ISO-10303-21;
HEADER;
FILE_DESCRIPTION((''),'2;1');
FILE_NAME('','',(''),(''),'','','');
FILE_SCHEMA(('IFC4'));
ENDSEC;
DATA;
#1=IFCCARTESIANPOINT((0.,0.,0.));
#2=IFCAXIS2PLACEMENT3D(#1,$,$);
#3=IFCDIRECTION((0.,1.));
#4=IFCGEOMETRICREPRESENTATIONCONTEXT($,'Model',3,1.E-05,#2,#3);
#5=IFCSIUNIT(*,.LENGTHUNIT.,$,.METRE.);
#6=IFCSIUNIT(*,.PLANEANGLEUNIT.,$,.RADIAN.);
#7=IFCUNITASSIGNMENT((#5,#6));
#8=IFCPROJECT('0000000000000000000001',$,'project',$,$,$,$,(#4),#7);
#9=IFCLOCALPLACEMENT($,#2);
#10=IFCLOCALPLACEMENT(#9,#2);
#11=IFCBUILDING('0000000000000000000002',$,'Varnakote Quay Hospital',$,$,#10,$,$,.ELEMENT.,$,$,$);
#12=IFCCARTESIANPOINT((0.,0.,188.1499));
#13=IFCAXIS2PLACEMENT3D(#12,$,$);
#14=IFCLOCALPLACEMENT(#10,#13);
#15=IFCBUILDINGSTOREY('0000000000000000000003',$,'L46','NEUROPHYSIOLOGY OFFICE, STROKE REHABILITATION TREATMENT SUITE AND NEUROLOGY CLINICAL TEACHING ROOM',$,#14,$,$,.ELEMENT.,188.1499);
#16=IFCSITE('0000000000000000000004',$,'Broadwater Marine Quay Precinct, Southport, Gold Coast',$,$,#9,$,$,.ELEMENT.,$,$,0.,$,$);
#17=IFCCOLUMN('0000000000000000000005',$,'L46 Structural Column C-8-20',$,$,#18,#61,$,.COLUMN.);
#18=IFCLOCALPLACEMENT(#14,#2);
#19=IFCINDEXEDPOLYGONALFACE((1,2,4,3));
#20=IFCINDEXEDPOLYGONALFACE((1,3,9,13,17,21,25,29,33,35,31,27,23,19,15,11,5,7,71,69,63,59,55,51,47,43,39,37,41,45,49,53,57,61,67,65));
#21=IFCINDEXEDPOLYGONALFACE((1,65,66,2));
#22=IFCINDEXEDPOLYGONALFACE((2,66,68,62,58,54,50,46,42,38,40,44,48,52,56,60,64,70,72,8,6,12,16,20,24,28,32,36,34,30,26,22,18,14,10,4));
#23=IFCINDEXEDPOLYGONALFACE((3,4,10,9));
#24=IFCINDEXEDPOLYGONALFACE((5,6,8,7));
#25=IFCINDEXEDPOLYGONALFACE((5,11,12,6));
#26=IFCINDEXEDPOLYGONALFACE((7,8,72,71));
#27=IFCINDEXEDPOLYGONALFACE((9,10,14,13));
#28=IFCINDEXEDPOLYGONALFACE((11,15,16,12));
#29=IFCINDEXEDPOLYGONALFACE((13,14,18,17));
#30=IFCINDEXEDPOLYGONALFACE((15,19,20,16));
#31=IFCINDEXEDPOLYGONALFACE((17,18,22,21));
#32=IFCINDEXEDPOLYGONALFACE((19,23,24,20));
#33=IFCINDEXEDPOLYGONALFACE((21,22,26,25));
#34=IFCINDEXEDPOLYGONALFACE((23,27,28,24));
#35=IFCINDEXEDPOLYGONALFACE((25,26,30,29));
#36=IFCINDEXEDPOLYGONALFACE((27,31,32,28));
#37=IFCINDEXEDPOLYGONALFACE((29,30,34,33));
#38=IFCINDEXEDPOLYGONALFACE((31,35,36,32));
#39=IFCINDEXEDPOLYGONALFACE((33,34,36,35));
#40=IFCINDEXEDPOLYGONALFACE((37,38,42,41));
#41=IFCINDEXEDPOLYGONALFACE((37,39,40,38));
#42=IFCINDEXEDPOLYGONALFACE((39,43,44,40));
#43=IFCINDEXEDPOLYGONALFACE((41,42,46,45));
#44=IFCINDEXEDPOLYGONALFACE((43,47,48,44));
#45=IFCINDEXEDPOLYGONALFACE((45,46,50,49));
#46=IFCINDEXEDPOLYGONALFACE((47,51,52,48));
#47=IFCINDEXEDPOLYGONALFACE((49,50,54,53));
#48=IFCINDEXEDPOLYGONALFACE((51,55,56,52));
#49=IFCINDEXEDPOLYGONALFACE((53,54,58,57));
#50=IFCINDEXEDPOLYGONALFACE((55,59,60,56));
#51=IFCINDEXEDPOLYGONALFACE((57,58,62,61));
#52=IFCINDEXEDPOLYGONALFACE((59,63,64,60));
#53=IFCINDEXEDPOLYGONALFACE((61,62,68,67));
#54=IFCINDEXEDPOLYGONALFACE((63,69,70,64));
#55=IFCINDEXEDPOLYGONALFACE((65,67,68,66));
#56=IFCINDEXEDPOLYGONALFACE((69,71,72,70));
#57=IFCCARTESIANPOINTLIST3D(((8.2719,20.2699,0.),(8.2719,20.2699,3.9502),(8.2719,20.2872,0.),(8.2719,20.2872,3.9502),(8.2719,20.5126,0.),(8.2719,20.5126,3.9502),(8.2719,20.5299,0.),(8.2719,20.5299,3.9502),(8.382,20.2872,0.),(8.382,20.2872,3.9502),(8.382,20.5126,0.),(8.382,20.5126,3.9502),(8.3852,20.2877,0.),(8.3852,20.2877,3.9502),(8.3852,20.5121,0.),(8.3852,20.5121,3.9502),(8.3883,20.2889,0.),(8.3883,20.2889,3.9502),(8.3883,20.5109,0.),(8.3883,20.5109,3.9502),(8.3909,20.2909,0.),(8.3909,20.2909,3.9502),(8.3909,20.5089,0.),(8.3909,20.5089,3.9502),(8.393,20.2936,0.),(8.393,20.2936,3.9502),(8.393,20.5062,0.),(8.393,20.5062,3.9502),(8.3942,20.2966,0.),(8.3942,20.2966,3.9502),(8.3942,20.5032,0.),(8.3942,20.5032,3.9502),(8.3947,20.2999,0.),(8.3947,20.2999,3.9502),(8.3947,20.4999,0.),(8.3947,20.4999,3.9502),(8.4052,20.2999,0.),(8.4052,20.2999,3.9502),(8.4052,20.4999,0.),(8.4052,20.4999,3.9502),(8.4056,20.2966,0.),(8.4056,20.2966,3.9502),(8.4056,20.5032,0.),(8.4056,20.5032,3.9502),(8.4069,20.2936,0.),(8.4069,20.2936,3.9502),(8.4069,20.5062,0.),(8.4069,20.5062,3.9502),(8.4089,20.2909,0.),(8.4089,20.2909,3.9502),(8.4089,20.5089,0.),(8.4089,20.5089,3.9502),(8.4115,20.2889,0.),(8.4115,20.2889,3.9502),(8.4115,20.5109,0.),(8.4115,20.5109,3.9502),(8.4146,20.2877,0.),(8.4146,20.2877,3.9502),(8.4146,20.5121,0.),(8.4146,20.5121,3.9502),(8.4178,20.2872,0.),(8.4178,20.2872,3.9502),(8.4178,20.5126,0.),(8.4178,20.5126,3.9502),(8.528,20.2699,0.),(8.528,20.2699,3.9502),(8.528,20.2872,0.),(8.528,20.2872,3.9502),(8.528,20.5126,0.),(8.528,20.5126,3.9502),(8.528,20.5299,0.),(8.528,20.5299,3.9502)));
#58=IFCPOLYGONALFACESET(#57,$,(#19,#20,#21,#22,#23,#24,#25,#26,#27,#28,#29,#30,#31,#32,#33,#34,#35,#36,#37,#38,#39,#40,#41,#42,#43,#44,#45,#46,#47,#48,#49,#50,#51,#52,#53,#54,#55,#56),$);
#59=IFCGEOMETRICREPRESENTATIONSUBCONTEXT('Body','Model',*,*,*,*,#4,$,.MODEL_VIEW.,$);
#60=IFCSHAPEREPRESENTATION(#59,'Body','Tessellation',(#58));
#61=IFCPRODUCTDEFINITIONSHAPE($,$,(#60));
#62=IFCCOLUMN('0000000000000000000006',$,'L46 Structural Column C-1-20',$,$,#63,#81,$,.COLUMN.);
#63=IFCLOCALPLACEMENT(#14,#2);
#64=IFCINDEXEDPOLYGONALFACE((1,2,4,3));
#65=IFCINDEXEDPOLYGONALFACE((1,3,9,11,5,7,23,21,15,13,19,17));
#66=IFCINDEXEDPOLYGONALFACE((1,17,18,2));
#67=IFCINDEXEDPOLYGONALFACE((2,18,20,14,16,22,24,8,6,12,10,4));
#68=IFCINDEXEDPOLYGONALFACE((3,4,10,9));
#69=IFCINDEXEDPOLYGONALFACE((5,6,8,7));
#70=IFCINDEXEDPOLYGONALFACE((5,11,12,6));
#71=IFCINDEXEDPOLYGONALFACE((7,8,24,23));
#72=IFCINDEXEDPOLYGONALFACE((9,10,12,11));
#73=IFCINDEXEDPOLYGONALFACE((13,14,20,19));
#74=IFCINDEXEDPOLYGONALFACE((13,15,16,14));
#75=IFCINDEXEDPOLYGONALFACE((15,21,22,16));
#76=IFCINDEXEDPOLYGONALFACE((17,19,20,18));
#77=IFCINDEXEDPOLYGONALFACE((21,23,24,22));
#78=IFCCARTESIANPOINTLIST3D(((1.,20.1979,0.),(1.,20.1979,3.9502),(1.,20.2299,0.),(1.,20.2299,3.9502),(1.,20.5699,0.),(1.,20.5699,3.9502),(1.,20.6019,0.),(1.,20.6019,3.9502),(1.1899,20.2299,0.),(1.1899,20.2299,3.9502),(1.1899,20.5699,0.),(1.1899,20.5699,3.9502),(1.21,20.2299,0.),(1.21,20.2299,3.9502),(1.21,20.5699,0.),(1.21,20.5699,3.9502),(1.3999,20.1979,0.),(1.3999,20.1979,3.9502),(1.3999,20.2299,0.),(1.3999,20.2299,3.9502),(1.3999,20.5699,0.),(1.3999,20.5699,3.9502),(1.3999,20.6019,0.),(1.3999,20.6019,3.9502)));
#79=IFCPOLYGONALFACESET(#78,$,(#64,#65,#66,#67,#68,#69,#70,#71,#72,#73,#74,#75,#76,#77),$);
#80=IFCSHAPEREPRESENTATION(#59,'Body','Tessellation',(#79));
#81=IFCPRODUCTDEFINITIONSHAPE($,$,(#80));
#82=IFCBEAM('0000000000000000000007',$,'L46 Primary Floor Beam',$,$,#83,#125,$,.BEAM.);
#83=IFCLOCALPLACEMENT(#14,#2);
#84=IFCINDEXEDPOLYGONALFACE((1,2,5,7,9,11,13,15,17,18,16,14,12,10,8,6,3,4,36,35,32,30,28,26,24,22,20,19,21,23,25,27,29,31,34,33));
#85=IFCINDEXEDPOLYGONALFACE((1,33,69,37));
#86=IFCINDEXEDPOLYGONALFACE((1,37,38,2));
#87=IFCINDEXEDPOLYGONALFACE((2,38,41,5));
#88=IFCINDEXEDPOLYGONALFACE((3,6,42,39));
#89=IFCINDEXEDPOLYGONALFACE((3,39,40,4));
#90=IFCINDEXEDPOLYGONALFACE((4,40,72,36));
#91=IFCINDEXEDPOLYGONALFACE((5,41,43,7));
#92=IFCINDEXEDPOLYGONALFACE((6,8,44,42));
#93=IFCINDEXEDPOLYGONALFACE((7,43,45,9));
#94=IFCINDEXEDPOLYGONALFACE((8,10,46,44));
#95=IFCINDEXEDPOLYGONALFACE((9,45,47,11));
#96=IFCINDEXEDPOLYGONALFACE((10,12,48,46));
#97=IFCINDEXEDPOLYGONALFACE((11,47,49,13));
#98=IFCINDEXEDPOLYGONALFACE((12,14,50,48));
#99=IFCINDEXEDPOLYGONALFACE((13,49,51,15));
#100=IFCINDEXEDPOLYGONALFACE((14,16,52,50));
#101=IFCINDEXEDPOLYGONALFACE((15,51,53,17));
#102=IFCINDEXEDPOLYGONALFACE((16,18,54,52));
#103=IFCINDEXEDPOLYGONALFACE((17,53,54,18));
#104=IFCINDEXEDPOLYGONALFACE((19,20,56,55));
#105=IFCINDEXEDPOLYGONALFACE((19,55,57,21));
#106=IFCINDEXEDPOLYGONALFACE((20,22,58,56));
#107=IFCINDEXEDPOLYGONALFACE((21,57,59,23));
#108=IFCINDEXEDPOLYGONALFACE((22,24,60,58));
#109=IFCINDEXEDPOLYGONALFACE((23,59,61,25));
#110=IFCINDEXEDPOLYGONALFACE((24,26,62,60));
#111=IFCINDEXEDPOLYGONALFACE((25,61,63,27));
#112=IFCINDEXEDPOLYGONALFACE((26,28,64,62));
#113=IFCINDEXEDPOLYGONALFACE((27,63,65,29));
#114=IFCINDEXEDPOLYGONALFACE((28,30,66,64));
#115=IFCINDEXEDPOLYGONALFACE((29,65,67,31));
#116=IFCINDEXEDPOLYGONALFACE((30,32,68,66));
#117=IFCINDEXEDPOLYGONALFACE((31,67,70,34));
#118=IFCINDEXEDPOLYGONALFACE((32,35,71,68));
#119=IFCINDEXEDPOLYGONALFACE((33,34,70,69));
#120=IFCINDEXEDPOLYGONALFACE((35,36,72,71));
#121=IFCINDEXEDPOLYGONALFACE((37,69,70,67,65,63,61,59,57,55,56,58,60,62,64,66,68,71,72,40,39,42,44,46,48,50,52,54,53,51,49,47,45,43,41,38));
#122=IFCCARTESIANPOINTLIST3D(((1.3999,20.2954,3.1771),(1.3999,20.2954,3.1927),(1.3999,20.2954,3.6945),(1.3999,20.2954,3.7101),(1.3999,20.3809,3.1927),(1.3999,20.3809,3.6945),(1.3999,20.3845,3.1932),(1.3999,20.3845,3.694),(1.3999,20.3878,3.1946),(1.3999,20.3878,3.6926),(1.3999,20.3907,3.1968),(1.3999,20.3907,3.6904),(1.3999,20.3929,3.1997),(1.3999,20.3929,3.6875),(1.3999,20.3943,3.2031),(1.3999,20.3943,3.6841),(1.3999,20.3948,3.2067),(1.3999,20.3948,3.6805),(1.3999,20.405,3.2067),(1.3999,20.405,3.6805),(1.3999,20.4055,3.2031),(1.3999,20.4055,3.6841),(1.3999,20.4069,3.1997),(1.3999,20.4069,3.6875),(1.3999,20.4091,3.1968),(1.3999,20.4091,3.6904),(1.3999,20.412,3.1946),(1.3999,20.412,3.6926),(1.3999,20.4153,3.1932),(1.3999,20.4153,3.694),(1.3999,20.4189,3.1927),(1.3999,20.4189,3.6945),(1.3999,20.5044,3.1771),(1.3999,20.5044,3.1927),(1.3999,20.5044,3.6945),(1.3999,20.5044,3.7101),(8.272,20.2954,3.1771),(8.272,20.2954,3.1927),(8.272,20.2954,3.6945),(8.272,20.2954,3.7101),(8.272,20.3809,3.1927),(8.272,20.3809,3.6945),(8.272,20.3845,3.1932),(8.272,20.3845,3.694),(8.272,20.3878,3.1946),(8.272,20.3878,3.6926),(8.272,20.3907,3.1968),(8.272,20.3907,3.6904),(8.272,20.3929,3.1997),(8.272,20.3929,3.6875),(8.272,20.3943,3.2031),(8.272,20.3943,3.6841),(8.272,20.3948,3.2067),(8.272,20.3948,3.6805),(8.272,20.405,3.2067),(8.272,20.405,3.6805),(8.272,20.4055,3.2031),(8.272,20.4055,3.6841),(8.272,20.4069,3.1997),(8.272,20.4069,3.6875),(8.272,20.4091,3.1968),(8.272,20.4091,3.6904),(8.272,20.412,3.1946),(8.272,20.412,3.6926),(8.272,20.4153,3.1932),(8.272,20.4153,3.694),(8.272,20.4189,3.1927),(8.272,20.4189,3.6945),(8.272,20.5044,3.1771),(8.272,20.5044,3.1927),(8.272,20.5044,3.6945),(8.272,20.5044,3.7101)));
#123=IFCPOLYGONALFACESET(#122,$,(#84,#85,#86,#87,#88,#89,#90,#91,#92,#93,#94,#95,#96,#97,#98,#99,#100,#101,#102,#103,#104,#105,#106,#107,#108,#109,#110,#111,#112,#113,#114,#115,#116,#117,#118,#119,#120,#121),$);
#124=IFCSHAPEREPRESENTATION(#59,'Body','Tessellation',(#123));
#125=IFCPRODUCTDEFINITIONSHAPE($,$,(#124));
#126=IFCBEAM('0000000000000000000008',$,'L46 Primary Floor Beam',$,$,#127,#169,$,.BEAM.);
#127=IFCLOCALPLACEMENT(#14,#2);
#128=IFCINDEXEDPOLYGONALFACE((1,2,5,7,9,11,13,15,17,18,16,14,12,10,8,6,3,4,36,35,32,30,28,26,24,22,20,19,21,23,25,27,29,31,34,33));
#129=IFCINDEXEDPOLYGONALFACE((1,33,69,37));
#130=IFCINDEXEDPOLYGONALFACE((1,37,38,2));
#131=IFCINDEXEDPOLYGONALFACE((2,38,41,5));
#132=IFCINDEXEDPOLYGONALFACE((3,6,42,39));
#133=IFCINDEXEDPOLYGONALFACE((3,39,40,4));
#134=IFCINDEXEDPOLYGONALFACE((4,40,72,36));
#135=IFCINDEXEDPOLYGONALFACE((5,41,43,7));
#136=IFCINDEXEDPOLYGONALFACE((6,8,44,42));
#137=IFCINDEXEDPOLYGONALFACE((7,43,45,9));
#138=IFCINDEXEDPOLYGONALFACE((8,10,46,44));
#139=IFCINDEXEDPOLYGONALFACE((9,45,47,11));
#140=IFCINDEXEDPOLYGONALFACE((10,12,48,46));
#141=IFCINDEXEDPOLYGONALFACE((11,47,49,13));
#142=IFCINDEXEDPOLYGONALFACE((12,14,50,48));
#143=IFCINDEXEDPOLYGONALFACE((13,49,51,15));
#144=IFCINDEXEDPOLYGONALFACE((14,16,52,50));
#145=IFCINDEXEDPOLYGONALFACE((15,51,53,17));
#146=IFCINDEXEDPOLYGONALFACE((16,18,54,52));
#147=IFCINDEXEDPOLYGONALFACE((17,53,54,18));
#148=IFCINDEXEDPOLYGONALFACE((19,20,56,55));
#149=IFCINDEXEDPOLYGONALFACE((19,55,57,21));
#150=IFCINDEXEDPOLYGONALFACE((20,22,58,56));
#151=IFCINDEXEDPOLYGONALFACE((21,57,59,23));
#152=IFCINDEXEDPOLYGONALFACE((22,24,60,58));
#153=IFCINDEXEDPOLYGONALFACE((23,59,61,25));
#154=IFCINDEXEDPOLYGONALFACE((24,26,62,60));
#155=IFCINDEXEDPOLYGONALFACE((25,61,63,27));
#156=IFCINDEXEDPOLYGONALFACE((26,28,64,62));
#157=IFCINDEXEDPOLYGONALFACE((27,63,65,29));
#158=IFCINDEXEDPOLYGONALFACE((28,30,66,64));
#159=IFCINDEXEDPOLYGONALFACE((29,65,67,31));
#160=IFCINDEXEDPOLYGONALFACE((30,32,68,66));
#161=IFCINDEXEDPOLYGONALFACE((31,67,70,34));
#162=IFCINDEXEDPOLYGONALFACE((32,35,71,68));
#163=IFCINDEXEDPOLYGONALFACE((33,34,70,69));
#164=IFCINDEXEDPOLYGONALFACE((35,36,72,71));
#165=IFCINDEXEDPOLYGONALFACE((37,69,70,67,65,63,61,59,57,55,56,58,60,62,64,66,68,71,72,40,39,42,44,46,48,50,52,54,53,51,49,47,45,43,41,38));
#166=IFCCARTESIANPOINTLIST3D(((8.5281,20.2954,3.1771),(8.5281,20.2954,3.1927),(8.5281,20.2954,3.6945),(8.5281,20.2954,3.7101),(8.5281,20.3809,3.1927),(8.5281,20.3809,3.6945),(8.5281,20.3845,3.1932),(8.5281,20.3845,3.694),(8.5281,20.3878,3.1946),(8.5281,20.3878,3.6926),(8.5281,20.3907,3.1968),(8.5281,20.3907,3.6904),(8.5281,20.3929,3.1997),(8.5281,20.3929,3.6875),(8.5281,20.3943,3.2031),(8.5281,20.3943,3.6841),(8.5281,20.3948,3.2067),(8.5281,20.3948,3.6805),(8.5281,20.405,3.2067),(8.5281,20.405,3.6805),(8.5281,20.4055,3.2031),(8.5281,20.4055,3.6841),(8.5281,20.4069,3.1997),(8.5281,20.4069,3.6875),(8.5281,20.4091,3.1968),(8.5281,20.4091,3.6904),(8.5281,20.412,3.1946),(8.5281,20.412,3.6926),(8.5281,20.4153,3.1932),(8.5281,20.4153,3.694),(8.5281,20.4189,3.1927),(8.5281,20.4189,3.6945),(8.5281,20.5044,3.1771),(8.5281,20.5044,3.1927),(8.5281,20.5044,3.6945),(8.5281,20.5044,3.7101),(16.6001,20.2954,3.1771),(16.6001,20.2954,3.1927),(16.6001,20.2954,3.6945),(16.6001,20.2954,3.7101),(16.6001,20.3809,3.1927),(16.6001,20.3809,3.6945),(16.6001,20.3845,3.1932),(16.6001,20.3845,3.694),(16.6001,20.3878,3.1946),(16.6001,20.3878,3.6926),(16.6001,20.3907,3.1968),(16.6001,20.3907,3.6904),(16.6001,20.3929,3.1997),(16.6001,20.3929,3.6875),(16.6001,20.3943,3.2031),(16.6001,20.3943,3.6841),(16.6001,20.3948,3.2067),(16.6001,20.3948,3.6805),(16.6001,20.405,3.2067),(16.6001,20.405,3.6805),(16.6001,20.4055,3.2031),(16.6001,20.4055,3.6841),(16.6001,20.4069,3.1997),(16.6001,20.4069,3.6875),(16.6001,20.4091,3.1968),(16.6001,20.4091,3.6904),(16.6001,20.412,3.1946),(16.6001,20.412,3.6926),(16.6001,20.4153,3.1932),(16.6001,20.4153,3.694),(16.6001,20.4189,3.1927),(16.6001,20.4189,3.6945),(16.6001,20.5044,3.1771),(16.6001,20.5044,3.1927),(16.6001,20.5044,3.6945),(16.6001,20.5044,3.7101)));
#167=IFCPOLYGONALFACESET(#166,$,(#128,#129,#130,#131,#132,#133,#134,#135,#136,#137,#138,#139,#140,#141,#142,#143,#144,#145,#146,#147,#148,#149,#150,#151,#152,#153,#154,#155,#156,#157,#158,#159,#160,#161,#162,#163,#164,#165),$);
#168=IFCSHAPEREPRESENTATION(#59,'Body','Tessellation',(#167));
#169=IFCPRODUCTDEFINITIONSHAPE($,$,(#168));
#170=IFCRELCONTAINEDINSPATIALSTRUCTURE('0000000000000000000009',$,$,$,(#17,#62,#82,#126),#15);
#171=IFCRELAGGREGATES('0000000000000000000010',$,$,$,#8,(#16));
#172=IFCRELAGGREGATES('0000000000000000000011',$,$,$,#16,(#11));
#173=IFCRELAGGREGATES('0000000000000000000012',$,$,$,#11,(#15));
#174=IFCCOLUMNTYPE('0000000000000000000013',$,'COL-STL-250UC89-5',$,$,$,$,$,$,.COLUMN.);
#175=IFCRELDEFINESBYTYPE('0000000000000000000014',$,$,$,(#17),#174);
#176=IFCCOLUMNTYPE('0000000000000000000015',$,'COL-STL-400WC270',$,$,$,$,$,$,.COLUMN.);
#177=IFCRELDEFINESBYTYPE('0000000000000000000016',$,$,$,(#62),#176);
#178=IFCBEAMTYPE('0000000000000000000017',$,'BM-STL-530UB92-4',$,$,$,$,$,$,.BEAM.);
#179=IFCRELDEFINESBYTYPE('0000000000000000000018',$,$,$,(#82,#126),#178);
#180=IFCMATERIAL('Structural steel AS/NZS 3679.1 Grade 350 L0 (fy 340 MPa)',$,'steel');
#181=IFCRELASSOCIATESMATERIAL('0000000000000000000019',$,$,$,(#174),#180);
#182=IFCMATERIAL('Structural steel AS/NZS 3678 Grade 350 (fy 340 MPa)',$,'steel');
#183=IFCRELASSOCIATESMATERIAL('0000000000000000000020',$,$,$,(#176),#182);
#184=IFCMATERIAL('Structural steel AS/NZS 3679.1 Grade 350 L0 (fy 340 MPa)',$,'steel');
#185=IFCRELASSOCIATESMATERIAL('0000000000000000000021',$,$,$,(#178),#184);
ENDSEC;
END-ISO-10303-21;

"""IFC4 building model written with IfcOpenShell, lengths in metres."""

from ifc_helpers import new_model, si_unit, direction, frame, origin, origin_2d, place, context, subcontext, project, spatial, i_section, extrude, material, material_profile, profile_set, type_object, element, save


model = new_model("IFC4")

# Units and contexts
model_context = context("Model", 3, precision=1e-05, world=origin(), true_north=direction((0.0, 1.0)))
body_context = subcontext(model_context, "Body", "Model", "MODEL_VIEW")
ifc_project = project(units=[si_unit("LENGTHUNIT", "METRE"), si_unit("PLANEANGLEUNIT", "RADIAN")], contexts=[model_context])

# Site, building, storey
site_placement = place(None, origin())
site = spatial("IfcSite", under=ifc_project, at=site_placement, Name="Broadwater Marine Quay Precinct, Southport, Gold Coast", CompositionType="ELEMENT", RefElevation=0.0)
building_placement = place(site_placement, origin())
building = spatial("IfcBuilding", under=site, at=building_placement, Name="Varnakote Quay Hospital", CompositionType="ELEMENT")
storey_placement = place(building_placement, frame((0.0, 0.0, 188.1499)))
storey = spatial("IfcBuildingStorey", under=building, at=storey_placement, Name="L46", Description="NEUROPHYSIOLOGY OFFICE, STROKE REHABILITATION TREATMENT SUITE AND NEUROLOGY CLINICAL TEACHING ROOM", CompositionType="ELEMENT", Elevation=188.1499)

# Columns
ifc_material_1 = material(Name="Structural steel AS/NZS 3679.1 Grade 350 L0 (fy 340 MPa)", Category="steel")
ifc_material_profile_1 = material_profile(ifc_material_1, i_section(OverallWidth=0.2561, OverallDepth=0.26, WebThickness=0.0105, FlangeThickness=0.0173, FilletRadius=0.0127, at=origin_2d()), Name="250UC89.5")
ifc_profile_set_1 = profile_set([ifc_material_profile_1], Name="Structural steel AS/NZS 3679.1 Grade 350 L0 (fy 340 MPa)")
column_type_1 = type_object("IfcColumnType", Name="COL-STL-250UC89-5", PredefinedType="COLUMN", material=ifc_profile_set_1)
column_1_placement = place(storey_placement, frame((8.3999, 20.3999, 0.0), z_axis=(0.0, 0.0, 1.0), x_axis=(1.0, 0.0, 0.0)))
element("IfcColumn", 1, at=column_1_placement, inside=storey, type_object=column_type_1, Name="L46 Structural Column C-8-20", PredefinedType="COLUMN", context=body_context, shape_type="SweptSolid", body=[
    extrude(i_section(OverallWidth=0.2561, OverallDepth=0.26, WebThickness=0.0105, FlangeThickness=0.0173, FilletRadius=0.0127, at=origin_2d()), origin(), (0.0, 0.0, 1.0), 3.9502),
])
ifc_material_2 = material(Name="Structural steel AS/NZS 3678 Grade 350 (fy 340 MPa)", Category="steel")
ifc_material_profile_2 = material_profile(ifc_material_2, i_section(OverallWidth=0.3999, OverallDepth=0.4041, WebThickness=0.02, FlangeThickness=0.032, at=origin_2d()), Name="400WC270")
ifc_profile_set_2 = profile_set([ifc_material_profile_2], Name="Structural steel AS/NZS 3678 Grade 350 (fy 340 MPa)")
column_type_2 = type_object("IfcColumnType", Name="COL-STL-400WC270", PredefinedType="COLUMN", material=ifc_profile_set_2)
column_2_placement = place(storey_placement, frame((1.2, 20.3999, 0.0), z_axis=(0.0, 0.0, 1.0), x_axis=(1.0, 0.0, 0.0)))
element("IfcColumn", 2, at=column_2_placement, inside=storey, type_object=column_type_2, Name="L46 Structural Column C-1-20", PredefinedType="COLUMN", context=body_context, shape_type="SweptSolid", body=[
    extrude(i_section(OverallWidth=0.3999, OverallDepth=0.4041, WebThickness=0.02, FlangeThickness=0.032, at=origin_2d()), origin(), (0.0, 0.0, 1.0), 3.9502),
])

# Beams
ifc_material_3 = material(Name="Structural steel AS/NZS 3679.1 Grade 350 L0 (fy 340 MPa)", Category="steel")
ifc_material_profile_3 = material_profile(ifc_material_3, i_section(OverallWidth=0.209, OverallDepth=0.533, WebThickness=0.0103, FlangeThickness=0.0156, FilletRadius=0.0139, at=origin_2d()), Name="530UB92.4")
ifc_profile_set_3 = profile_set([ifc_material_profile_3], Name="Structural steel AS/NZS 3679.1 Grade 350 L0 (fy 340 MPa)")
beam_type_1 = type_object("IfcBeamType", Name="BM-STL-530UB92-4", PredefinedType="BEAM", material=ifc_profile_set_3)
beam_1_placement = place(storey_placement, frame((1.3999, 20.3999, 3.4436), z_axis=(1.0, 0.0, 0.0), x_axis=(0.0, 1.0, 0.0)))
element("IfcBeam", 3, at=beam_1_placement, inside=storey, type_object=beam_type_1, Name="L46 Primary Floor Beam", PredefinedType="BEAM", context=body_context, shape_type="SweptSolid", body=[
    extrude(i_section(OverallWidth=0.209, OverallDepth=0.533, WebThickness=0.0103, FlangeThickness=0.0156, FilletRadius=0.0139, at=origin_2d()), origin(), (0.0, 0.0, 1.0), 6.8721),
])
beam_2_placement = place(storey_placement, frame((8.5281, 20.3999, 3.4436), z_axis=(1.0, 0.0, 0.0), x_axis=(0.0, 1.0, 0.0)))
element("IfcBeam", 4, at=beam_2_placement, inside=storey, type_object=beam_type_1, Name="L46 Primary Floor Beam", PredefinedType="BEAM", context=body_context, shape_type="SweptSolid", body=[
    extrude(i_section(OverallWidth=0.209, OverallDepth=0.533, WebThickness=0.0103, FlangeThickness=0.0156, FilletRadius=0.0139, at=origin_2d()), origin(), (0.0, 0.0, 1.0), 8.072),
])

save(model, "model.ifc")
